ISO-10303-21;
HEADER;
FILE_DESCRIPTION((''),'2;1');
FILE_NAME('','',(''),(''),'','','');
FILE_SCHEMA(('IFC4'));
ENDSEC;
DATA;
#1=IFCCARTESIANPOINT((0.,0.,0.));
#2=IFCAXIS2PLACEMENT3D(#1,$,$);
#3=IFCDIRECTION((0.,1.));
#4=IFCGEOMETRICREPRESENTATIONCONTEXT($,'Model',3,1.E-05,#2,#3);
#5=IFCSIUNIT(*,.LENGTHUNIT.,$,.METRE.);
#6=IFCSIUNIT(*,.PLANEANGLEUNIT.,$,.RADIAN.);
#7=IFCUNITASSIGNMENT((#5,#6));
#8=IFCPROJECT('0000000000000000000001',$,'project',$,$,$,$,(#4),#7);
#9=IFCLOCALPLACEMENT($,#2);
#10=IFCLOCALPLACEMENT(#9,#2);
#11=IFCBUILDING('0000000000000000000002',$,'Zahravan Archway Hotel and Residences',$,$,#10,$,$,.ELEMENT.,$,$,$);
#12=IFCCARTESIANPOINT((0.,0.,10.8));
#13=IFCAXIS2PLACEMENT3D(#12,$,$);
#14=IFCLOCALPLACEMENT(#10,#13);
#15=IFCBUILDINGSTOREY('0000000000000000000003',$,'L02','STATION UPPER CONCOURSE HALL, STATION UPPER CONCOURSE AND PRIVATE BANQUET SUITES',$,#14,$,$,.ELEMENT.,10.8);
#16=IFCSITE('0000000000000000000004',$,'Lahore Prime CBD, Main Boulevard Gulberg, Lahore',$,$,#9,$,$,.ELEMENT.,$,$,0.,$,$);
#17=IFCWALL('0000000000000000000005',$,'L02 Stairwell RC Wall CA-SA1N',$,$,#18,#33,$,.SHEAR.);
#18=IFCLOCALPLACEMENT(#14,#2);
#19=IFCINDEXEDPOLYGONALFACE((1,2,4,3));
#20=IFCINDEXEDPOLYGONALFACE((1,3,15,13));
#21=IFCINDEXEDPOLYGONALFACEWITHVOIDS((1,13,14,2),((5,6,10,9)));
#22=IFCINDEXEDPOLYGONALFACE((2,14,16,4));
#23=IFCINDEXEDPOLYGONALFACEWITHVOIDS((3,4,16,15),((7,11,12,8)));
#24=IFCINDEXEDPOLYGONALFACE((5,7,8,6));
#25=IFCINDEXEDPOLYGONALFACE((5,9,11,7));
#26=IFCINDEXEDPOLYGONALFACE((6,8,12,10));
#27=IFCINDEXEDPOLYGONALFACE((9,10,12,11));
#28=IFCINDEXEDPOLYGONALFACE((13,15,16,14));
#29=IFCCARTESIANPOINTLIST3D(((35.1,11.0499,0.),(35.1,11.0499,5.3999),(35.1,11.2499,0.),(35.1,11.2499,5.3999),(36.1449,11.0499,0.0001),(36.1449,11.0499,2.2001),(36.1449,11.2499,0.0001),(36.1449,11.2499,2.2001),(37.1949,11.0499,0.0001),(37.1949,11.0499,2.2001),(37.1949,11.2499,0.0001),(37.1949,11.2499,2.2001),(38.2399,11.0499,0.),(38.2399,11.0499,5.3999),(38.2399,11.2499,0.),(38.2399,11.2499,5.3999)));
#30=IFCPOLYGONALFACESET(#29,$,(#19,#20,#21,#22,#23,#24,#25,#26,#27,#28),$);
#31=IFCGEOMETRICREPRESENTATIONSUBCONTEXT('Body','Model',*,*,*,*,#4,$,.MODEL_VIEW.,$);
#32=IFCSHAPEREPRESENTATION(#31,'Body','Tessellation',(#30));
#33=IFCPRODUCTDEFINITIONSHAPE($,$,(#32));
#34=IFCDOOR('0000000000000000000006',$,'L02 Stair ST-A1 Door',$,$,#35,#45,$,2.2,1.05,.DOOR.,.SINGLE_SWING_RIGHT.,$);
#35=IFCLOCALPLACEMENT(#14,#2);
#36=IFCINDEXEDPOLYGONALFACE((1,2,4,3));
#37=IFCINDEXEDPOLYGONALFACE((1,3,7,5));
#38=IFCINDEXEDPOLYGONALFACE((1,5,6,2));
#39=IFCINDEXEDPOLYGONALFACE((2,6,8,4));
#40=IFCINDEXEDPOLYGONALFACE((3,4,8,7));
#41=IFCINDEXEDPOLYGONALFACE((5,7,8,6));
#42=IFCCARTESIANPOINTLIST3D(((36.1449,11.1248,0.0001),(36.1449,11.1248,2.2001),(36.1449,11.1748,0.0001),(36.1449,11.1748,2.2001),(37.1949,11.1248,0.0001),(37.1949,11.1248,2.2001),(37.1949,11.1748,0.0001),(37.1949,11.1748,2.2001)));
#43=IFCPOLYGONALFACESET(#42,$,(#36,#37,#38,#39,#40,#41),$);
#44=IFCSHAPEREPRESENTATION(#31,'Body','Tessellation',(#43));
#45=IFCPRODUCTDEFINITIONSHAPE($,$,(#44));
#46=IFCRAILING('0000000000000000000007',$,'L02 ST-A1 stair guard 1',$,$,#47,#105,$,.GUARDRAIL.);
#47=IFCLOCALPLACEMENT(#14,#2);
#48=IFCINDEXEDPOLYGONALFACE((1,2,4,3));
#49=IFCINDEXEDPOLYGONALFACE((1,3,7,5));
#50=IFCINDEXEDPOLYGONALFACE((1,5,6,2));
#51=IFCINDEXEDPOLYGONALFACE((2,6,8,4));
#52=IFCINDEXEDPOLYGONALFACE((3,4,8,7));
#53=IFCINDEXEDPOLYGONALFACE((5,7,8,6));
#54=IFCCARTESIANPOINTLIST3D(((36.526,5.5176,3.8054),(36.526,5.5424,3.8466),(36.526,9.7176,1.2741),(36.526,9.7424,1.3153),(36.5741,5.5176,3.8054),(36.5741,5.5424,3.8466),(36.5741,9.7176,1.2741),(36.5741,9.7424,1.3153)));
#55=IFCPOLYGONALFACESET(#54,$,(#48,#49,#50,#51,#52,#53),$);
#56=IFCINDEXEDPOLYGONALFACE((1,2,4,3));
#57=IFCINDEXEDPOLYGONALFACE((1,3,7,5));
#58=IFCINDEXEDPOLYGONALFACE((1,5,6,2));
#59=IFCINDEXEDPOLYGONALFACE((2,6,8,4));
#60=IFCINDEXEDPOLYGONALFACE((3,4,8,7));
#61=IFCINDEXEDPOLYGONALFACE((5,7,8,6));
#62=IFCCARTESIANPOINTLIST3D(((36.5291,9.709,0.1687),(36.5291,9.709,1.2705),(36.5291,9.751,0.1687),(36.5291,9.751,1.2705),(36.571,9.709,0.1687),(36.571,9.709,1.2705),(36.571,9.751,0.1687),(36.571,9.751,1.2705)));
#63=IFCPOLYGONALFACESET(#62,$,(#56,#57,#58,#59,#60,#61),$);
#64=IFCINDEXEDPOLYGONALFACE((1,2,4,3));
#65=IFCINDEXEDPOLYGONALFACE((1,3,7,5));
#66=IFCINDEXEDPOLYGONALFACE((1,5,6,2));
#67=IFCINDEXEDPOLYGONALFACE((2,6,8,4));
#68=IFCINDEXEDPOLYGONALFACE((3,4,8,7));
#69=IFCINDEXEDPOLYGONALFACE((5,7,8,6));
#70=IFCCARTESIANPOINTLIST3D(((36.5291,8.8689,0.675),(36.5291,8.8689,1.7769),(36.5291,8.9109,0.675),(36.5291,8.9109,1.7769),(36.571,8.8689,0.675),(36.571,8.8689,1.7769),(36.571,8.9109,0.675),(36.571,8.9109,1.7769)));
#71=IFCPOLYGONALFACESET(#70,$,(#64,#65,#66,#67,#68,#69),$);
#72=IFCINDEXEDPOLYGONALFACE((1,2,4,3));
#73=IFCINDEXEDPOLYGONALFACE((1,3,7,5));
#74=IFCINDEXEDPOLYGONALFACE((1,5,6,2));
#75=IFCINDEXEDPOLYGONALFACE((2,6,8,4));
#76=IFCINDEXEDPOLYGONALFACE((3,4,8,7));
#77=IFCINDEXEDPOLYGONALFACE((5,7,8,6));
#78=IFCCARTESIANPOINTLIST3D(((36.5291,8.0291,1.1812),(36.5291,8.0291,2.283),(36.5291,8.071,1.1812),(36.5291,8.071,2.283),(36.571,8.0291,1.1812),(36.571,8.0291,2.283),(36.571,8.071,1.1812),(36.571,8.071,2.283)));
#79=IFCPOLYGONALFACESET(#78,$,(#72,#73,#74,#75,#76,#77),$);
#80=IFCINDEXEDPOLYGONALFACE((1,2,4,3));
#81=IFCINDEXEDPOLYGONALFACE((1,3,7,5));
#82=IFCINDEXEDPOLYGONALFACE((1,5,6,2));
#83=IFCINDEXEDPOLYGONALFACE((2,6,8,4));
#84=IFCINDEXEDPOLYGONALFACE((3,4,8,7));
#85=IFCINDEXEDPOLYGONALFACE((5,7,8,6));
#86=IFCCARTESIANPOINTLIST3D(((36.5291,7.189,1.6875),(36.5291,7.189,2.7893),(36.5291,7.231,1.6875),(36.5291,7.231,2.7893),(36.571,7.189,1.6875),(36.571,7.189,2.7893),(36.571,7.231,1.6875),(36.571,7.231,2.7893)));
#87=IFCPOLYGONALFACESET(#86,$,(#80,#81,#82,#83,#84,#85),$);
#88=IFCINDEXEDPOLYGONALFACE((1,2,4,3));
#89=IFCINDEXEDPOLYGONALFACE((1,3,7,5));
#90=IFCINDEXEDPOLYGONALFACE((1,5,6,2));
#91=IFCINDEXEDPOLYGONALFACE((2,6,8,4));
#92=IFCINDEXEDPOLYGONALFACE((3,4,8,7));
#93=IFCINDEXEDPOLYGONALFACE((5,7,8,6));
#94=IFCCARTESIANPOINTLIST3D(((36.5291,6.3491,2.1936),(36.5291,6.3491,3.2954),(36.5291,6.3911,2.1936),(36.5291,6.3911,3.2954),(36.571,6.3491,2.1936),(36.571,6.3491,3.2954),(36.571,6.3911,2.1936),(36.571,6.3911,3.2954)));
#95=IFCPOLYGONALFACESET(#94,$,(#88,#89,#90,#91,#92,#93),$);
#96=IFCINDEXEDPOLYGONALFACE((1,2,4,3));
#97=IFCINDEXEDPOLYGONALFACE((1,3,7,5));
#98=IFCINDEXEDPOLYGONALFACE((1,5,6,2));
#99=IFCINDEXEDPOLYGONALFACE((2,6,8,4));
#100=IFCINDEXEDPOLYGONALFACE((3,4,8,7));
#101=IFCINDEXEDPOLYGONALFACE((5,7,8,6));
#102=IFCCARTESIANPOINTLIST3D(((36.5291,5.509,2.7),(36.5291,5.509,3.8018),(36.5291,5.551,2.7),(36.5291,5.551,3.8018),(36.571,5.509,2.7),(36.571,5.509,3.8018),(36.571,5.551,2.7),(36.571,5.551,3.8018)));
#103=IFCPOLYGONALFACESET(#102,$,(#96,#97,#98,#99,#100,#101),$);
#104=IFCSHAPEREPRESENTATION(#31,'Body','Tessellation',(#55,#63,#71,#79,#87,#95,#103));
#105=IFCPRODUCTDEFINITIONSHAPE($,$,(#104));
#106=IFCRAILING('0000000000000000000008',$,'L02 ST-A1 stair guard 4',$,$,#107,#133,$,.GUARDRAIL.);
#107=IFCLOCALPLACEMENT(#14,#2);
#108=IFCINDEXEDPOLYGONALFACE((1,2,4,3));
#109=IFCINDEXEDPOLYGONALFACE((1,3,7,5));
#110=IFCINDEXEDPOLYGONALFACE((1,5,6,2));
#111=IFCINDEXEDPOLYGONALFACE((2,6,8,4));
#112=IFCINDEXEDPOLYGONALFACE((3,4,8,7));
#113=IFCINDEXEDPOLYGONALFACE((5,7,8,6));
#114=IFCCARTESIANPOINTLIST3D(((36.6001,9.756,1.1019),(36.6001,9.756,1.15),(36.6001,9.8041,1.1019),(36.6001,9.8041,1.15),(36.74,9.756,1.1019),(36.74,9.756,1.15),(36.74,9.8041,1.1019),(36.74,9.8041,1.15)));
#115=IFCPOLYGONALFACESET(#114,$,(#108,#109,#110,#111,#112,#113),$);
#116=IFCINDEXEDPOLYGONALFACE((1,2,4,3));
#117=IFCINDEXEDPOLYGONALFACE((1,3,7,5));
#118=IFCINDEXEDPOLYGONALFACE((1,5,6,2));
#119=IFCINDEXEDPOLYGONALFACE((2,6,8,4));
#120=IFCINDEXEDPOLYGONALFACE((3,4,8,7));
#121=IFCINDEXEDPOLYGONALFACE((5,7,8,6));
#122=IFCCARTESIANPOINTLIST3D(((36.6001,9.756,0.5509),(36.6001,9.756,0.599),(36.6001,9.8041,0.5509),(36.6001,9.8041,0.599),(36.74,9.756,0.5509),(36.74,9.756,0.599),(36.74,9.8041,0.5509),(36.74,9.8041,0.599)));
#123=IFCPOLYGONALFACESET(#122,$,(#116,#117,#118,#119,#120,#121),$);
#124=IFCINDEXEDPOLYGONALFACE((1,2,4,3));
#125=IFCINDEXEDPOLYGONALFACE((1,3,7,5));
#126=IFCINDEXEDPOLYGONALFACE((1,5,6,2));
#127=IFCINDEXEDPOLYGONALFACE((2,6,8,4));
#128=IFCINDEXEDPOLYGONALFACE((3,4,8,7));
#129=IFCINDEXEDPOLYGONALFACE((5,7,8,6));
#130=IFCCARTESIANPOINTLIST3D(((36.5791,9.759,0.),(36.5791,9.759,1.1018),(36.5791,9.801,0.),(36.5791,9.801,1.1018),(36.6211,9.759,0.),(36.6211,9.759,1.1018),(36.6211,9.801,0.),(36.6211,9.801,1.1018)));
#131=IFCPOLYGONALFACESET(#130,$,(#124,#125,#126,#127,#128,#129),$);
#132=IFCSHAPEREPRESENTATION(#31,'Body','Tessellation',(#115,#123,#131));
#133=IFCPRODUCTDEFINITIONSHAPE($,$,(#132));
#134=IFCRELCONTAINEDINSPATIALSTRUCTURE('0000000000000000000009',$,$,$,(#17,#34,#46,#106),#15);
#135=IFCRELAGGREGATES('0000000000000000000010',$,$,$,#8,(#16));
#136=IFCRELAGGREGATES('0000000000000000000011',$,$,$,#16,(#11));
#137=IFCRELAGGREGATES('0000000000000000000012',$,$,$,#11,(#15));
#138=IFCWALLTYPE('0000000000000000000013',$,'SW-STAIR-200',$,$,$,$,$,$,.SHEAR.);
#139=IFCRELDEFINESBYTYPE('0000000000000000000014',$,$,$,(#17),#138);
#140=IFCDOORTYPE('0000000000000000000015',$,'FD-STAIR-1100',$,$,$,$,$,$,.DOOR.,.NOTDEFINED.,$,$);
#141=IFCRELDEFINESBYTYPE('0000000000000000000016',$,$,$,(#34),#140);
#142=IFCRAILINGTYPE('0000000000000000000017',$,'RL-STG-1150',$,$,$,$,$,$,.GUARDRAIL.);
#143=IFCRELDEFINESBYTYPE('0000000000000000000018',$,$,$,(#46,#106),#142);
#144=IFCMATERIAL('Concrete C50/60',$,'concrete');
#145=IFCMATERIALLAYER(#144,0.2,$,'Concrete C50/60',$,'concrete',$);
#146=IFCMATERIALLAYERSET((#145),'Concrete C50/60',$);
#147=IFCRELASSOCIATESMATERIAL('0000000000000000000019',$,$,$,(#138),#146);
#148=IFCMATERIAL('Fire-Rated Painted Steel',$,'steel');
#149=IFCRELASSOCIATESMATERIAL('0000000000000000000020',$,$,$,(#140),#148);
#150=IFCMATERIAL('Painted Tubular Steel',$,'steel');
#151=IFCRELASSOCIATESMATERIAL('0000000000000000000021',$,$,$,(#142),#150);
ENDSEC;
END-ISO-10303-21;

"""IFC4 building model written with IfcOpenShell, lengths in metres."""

from ifc_helpers import new_model, si_unit, direction, frame, frame_2d, origin, origin_2d, place, context, subcontext, project, spatial, rectangle, extrude, source, transform, mapped, material, layer, layer_set, type_object, type_shapes, element, fill, save


model = new_model("IFC4")

# Units and contexts
model_context = context("Model", 3, precision=1e-05, world=origin(), true_north=direction((0.0, 1.0)))
body_context = subcontext(model_context, "Body", "Model", "MODEL_VIEW")
ifc_project = project(units=[si_unit("LENGTHUNIT", "METRE"), si_unit("PLANEANGLEUNIT", "RADIAN")], contexts=[model_context])

# Site, building, storey
site_placement = place(None, origin())
site = spatial("IfcSite", under=ifc_project, at=site_placement, Name="Lahore Prime CBD, Main Boulevard Gulberg, Lahore", CompositionType="ELEMENT", RefElevation=0.0)
building_placement = place(site_placement, origin())
building = spatial("IfcBuilding", under=site, at=building_placement, Name="Zahravan Archway Hotel and Residences", CompositionType="ELEMENT")
storey_placement = place(building_placement, frame((0.0, 0.0, 10.8)))
storey = spatial("IfcBuildingStorey", under=building, at=storey_placement, Name="L02", Description="STATION UPPER CONCOURSE HALL, STATION UPPER CONCOURSE AND PRIVATE BANQUET SUITES", CompositionType="ELEMENT", Elevation=10.8)

# Shared definitions
ifc_material_1 = material(Name="Fire-Rated Painted Steel", Category="steel")

# Wall, opening, door
ifc_material_2 = material(Name="Concrete C50/60", Category="concrete")
ifc_layer_1 = layer(ifc_material_2, 0.2, Name="Concrete C50/60", Category="concrete")
ifc_layer_set_1 = layer_set([ifc_layer_1], Name="Concrete C50/60")
wall_type_1 = type_object("IfcWallType", Name="SW-STAIR-200", PredefinedType="SHEAR", material=ifc_layer_set_1)
wall_1_placement = place(storey_placement, frame((35.1001, 11.1499, 0.0), z_axis=(0.0, 0.0, 1.0), x_axis=(1.0, 0.0, 0.0)))
wall_1 = element("IfcWall", 1, at=wall_1_placement, inside=storey, type_object=wall_type_1, Name="L02 Stairwell RC Wall CA-SA1N", PredefinedType="SHEAR", context=body_context, shape_type="SweptSolid", body=[
    extrude(rectangle(XDim=3.1399, YDim=0.2, at=frame_2d((1.5698, 0.0))), origin(), (0.0, 0.0, 1.0), 5.3999),
])
opening_1_placement = place(wall_1_placement, frame((1.0449, 0.0, 0.0)))
opening_1 = element("IfcOpeningElement", 2, at=opening_1_placement, cuts=wall_1, PredefinedType="OPENING", context=body_context, shape_type="SweptSolid", body=[
    extrude(rectangle(XDim=1.05, YDim=2.2, at=frame_2d((0.5249, 1.1001))), frame((0.0, 0.1099, 0.0), z_axis=(0.0, -1.0, 0.0), x_axis=(1.0, 0.0, 0.0)), (0.0, 0.0, 1.0), 0.22),
])
door_type_1 = type_object("IfcDoorType", Name="FD-STAIR-1100", OperationType="NOTDEFINED", PredefinedType="DOOR", material=ifc_material_1)
shared_shape_1 = source(origin(), body_context, "Body", "SweptSolid", [
    extrude(rectangle(XDim=1.05, YDim=2.2, at=frame_2d((0.5249, 1.1001))), frame((0.0, 0.0249, 0.0), z_axis=(0.0, -1.0, 0.0), x_axis=(1.0, 0.0, 0.0)), (0.0, 0.0, 1.0), 0.05),
])
type_shapes(door_type_1, [shared_shape_1])
door_1_placement = place(opening_1_placement, origin())
door_1 = element("IfcDoor", 3, at=door_1_placement, inside=storey, type_object=door_type_1, Name="L02 Stair ST-A1 Door", OperationType="SINGLE_SWING_RIGHT", OverallHeight=2.2, OverallWidth=1.05, PredefinedType="DOOR", context=body_context, shape_type="MappedRepresentation", body=[
    mapped(shared_shape_1, transform((0.0, 0.0, 0.0), scale=1.0)),
])
fill(opening_1, door_1)

# Railings
ifc_material_3 = material(Name="Painted Tubular Steel", Category="steel")
railing_type = type_object("IfcRailingType", Name="RL-STG-1150", PredefinedType="GUARDRAIL", material=ifc_material_3)
railing_1_placement = place(storey_placement, frame((36.55, 9.73, 0.1687)))
element("IfcRailing", 4, at=railing_1_placement, inside=storey, type_object=railing_type, Name="L02 ST-A1 stair guard 1", PredefinedType="GUARDRAIL", context=body_context, shape_type="SweptSolid", body=[
    extrude(rectangle(XDim=0.0481, YDim=0.0481, at=origin_2d()), frame((0.0, 0.0, 1.126), z_axis=(0.0, -0.856476, 0.516186), x_axis=(1.0, 0.0, 0.0)), (0.0, 0.0, 1.0), 4.9038),
    extrude(rectangle(XDim=0.042, YDim=0.042, at=origin_2d()), origin(), (0.0, 0.0, 1.0), 1.1018),
    extrude(rectangle(XDim=0.042, YDim=0.042, at=origin_2d()), frame((0.0, -0.8401, 0.5063)), (0.0, 0.0, 1.0), 1.1018),
    extrude(rectangle(XDim=0.042, YDim=0.042, at=origin_2d()), frame((0.0, -1.6799, 1.0125)), (0.0, 0.0, 1.0), 1.1018),
    extrude(rectangle(XDim=0.042, YDim=0.042, at=origin_2d()), frame((0.0, -2.52, 1.5188)), (0.0, 0.0, 1.0), 1.1018),
    extrude(rectangle(XDim=0.042, YDim=0.042, at=origin_2d()), frame((0.0, -3.3599, 2.0249)), (0.0, 0.0, 1.0), 1.1018),
    extrude(rectangle(XDim=0.042, YDim=0.042, at=origin_2d()), frame((0.0, -4.2, 2.5312)), (0.0, 0.0, 1.0), 1.1018),
])
railing_2_placement = place(storey_placement, frame((36.6001, 9.78, 0.0)))
element("IfcRailing", 5, at=railing_2_placement, inside=storey, type_object=railing_type, Name="L02 ST-A1 stair guard 4", PredefinedType="GUARDRAIL", context=body_context, shape_type="SweptSolid", body=[
    extrude(rectangle(XDim=0.0481, YDim=0.0481, at=origin_2d()), frame((0.0, 0.0, 1.126), z_axis=(1.0, 0.0, 0.0), x_axis=(0.0, 1.0, 0.0)), (0.0, 0.0, 1.0), 0.1399),
    extrude(rectangle(XDim=0.0481, YDim=0.0481, at=origin_2d()), frame((0.0, 0.0, 0.575), z_axis=(1.0, 0.0, 0.0), x_axis=(0.0, 1.0, 0.0)), (0.0, 0.0, 1.0), 0.1399),
    extrude(rectangle(XDim=0.042, YDim=0.042, at=origin_2d()), origin(), (0.0, 0.0, 1.0), 1.1018),
])

save(model, "model.ifc")
